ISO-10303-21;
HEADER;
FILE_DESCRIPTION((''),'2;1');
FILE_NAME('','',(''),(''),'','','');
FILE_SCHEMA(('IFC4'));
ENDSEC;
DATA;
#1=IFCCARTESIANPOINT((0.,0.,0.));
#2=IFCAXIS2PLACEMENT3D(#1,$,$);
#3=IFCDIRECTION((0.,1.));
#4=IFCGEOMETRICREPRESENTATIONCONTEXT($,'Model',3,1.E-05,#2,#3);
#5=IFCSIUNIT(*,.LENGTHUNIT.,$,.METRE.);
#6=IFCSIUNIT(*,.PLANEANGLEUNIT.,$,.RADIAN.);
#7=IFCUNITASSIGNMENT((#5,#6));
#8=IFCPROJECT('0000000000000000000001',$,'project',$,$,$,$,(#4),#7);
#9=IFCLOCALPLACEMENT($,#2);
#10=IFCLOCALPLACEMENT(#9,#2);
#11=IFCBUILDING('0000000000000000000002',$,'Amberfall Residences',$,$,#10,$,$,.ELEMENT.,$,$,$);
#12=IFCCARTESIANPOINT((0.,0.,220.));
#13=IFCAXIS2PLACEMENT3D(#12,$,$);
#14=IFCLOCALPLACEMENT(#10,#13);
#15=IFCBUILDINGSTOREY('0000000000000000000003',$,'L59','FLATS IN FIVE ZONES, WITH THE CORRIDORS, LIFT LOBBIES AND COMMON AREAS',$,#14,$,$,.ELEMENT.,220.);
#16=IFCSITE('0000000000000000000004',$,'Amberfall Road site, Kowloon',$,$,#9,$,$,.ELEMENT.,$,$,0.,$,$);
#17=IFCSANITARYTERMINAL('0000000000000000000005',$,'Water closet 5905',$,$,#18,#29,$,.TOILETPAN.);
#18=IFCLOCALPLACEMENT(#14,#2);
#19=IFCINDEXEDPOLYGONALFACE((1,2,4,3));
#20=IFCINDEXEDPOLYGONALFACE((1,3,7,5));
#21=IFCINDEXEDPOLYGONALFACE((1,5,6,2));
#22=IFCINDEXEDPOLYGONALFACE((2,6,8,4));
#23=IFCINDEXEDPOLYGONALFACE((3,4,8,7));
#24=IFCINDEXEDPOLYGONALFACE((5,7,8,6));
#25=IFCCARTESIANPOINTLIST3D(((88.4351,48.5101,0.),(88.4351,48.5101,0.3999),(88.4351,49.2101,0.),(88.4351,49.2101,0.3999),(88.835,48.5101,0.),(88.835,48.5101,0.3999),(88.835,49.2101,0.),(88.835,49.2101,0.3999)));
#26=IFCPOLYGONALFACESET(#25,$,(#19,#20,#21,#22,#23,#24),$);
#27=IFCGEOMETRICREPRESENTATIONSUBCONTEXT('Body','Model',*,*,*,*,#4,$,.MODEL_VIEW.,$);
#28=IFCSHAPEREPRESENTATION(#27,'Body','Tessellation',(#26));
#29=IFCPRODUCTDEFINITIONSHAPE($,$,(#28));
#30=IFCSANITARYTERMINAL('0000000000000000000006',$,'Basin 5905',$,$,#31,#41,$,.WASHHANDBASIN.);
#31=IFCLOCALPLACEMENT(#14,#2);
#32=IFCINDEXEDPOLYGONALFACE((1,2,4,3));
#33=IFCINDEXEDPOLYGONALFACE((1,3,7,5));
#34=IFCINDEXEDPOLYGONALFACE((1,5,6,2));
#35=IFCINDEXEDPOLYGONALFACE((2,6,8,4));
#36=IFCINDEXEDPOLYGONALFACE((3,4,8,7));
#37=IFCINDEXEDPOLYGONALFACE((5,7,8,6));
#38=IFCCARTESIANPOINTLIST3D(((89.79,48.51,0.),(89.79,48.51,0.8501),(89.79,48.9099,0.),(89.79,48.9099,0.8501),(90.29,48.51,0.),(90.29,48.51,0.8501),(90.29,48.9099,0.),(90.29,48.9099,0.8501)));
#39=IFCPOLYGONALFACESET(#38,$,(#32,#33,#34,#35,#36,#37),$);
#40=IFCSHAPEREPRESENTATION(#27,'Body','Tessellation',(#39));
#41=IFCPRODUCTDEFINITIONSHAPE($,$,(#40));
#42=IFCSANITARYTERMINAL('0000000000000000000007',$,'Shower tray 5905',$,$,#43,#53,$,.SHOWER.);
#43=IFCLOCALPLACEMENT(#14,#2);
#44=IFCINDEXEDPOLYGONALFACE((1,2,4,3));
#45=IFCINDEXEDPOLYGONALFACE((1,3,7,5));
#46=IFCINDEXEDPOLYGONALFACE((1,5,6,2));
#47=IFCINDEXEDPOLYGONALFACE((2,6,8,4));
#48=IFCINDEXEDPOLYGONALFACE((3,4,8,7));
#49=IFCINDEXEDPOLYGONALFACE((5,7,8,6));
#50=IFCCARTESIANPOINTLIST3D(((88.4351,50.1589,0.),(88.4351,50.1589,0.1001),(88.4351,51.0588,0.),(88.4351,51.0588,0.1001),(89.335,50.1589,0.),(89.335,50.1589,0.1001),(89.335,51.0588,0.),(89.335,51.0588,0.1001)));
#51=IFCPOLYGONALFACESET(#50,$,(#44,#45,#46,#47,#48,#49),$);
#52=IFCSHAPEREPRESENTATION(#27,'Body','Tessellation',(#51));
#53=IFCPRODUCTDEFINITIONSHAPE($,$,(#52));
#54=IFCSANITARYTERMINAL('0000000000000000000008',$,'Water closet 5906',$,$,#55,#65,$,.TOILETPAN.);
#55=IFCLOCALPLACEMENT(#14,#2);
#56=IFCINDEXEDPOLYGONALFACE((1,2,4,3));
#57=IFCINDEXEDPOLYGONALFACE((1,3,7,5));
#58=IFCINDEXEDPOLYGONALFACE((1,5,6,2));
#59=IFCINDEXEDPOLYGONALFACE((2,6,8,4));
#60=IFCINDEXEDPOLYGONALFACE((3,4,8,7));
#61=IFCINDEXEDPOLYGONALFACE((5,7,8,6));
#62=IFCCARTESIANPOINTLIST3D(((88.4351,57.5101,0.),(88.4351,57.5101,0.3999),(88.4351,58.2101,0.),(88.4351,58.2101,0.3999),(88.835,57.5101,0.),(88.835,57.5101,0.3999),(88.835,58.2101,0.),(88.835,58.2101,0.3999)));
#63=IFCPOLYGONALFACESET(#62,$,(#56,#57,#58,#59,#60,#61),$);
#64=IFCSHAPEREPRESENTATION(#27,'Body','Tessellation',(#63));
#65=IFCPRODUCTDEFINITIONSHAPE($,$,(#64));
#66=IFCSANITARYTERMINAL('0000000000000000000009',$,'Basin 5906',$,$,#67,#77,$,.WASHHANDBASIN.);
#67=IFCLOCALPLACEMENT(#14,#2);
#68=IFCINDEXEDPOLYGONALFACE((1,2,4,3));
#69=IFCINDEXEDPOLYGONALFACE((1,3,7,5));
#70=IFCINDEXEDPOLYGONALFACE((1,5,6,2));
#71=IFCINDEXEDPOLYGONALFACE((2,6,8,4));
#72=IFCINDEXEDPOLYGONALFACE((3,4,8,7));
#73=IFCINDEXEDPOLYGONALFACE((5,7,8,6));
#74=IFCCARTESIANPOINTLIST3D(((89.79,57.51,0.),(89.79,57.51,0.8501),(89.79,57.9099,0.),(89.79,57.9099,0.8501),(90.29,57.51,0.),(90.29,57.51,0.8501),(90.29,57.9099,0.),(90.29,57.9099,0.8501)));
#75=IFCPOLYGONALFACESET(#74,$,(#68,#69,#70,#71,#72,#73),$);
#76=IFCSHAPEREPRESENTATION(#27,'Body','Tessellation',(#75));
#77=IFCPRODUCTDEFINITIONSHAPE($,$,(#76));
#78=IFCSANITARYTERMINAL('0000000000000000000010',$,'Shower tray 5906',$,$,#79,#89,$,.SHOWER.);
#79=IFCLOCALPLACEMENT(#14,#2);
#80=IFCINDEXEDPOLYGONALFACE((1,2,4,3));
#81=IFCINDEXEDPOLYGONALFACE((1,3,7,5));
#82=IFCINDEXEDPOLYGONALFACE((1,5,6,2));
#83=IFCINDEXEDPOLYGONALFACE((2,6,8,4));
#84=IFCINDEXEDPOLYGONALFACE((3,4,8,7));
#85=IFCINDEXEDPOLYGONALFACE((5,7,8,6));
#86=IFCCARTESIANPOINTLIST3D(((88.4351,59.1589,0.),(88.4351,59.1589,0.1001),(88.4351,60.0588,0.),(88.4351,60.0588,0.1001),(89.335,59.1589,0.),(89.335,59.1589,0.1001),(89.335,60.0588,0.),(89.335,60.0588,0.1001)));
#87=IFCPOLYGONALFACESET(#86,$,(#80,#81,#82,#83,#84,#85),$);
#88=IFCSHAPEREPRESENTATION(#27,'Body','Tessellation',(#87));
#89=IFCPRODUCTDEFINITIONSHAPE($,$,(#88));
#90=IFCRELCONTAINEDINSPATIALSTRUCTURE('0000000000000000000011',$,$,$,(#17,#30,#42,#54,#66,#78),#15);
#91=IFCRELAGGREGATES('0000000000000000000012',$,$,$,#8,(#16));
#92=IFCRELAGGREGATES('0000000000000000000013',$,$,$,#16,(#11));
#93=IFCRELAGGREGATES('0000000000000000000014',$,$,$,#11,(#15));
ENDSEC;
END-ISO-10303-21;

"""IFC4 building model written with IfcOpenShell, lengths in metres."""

from ifc_helpers import new_model, si_unit, direction, frame, origin, origin_2d, place, context, subcontext, project, spatial, rectangle, extrude, element, save


model = new_model("IFC4")

# Units and contexts
model_context = context("Model", 3, precision=1e-05, world=origin(), true_north=direction((0.0, 1.0)))
body_context = subcontext(model_context, "Body", "Model", "MODEL_VIEW")
ifc_project = project(units=[si_unit("LENGTHUNIT", "METRE"), si_unit("PLANEANGLEUNIT", "RADIAN")], contexts=[model_context])

# Site, building, storey
site_placement = place(None, origin())
site = spatial("IfcSite", under=ifc_project, at=site_placement, Name="Amberfall Road site, Kowloon", CompositionType="ELEMENT", RefElevation=0.0)
building_placement = place(site_placement, origin())
building = spatial("IfcBuilding", under=site, at=building_placement, Name="Amberfall Residences", CompositionType="ELEMENT")
storey_placement = place(building_placement, frame((0.0, 0.0, 220.0)))
storey = spatial("IfcBuildingStorey", under=building, at=storey_placement, Name="L59", Description="FLATS IN FIVE ZONES, WITH THE CORRIDORS, LIFT LOBBIES AND COMMON AREAS", CompositionType="ELEMENT", Elevation=220.0)

# Sanitary terminals
sanitary_terminal_1_placement = place(storey_placement, frame((88.635, 48.8601, 0.0), z_axis=(0.0, 0.0, 1.0), x_axis=(1.0, 0.0, 0.0)))
element("IfcSanitaryTerminal", 1, at=sanitary_terminal_1_placement, inside=storey, Name="Water closet 5905", PredefinedType="TOILETPAN", context=body_context, shape_type="SweptSolid", body=[
    extrude(rectangle(XDim=0.3999, YDim=0.7, at=origin_2d()), origin(), (0.0, 0.0, 1.0), 0.3999),
])
sanitary_terminal_2_placement = place(storey_placement, frame((90.04, 48.71, 0.0), z_axis=(0.0, 0.0, 1.0), x_axis=(1.0, 0.0, 0.0)))
element("IfcSanitaryTerminal", 2, at=sanitary_terminal_2_placement, inside=storey, Name="Basin 5905", PredefinedType="WASHHANDBASIN", context=body_context, shape_type="SweptSolid", body=[
    extrude(rectangle(XDim=0.5, YDim=0.3999, at=origin_2d()), origin(), (0.0, 0.0, 1.0), 0.8501),
])
sanitary_terminal_3_placement = place(storey_placement, frame((88.885, 50.6089, 0.0), z_axis=(0.0, 0.0, 1.0), x_axis=(1.0, 0.0, 0.0)))
element("IfcSanitaryTerminal", 3, at=sanitary_terminal_3_placement, inside=storey, Name="Shower tray 5905", PredefinedType="SHOWER", context=body_context, shape_type="SweptSolid", body=[
    extrude(rectangle(XDim=0.8999, YDim=0.8999, at=origin_2d()), origin(), (0.0, 0.0, 1.0), 0.1001),
])
sanitary_terminal_4_placement = place(storey_placement, frame((88.635, 57.8601, 0.0), z_axis=(0.0, 0.0, 1.0), x_axis=(1.0, 0.0, 0.0)))
element("IfcSanitaryTerminal", 4, at=sanitary_terminal_4_placement, inside=storey, Name="Water closet 5906", PredefinedType="TOILETPAN", context=body_context, shape_type="SweptSolid", body=[
    extrude(rectangle(XDim=0.3999, YDim=0.7, at=origin_2d()), origin(), (0.0, 0.0, 1.0), 0.3999),
])
sanitary_terminal_5_placement = place(storey_placement, frame((90.04, 57.71, 0.0), z_axis=(0.0, 0.0, 1.0), x_axis=(1.0, 0.0, 0.0)))
element("IfcSanitaryTerminal", 5, at=sanitary_terminal_5_placement, inside=storey, Name="Basin 5906", PredefinedType="WASHHANDBASIN", context=body_context, shape_type="SweptSolid", body=[
    extrude(rectangle(XDim=0.5, YDim=0.3999, at=origin_2d()), origin(), (0.0, 0.0, 1.0), 0.8501),
])
sanitary_terminal_6_placement = place(storey_placement, frame((88.885, 59.6089, 0.0), z_axis=(0.0, 0.0, 1.0), x_axis=(1.0, 0.0, 0.0)))
element("IfcSanitaryTerminal", 6, at=sanitary_terminal_6_placement, inside=storey, Name="Shower tray 5906", PredefinedType="SHOWER", context=body_context, shape_type="SweptSolid", body=[
    extrude(rectangle(XDim=0.8999, YDim=0.8999, at=origin_2d()), origin(), (0.0, 0.0, 1.0), 0.1001),
])

save(model, "model.ifc")
